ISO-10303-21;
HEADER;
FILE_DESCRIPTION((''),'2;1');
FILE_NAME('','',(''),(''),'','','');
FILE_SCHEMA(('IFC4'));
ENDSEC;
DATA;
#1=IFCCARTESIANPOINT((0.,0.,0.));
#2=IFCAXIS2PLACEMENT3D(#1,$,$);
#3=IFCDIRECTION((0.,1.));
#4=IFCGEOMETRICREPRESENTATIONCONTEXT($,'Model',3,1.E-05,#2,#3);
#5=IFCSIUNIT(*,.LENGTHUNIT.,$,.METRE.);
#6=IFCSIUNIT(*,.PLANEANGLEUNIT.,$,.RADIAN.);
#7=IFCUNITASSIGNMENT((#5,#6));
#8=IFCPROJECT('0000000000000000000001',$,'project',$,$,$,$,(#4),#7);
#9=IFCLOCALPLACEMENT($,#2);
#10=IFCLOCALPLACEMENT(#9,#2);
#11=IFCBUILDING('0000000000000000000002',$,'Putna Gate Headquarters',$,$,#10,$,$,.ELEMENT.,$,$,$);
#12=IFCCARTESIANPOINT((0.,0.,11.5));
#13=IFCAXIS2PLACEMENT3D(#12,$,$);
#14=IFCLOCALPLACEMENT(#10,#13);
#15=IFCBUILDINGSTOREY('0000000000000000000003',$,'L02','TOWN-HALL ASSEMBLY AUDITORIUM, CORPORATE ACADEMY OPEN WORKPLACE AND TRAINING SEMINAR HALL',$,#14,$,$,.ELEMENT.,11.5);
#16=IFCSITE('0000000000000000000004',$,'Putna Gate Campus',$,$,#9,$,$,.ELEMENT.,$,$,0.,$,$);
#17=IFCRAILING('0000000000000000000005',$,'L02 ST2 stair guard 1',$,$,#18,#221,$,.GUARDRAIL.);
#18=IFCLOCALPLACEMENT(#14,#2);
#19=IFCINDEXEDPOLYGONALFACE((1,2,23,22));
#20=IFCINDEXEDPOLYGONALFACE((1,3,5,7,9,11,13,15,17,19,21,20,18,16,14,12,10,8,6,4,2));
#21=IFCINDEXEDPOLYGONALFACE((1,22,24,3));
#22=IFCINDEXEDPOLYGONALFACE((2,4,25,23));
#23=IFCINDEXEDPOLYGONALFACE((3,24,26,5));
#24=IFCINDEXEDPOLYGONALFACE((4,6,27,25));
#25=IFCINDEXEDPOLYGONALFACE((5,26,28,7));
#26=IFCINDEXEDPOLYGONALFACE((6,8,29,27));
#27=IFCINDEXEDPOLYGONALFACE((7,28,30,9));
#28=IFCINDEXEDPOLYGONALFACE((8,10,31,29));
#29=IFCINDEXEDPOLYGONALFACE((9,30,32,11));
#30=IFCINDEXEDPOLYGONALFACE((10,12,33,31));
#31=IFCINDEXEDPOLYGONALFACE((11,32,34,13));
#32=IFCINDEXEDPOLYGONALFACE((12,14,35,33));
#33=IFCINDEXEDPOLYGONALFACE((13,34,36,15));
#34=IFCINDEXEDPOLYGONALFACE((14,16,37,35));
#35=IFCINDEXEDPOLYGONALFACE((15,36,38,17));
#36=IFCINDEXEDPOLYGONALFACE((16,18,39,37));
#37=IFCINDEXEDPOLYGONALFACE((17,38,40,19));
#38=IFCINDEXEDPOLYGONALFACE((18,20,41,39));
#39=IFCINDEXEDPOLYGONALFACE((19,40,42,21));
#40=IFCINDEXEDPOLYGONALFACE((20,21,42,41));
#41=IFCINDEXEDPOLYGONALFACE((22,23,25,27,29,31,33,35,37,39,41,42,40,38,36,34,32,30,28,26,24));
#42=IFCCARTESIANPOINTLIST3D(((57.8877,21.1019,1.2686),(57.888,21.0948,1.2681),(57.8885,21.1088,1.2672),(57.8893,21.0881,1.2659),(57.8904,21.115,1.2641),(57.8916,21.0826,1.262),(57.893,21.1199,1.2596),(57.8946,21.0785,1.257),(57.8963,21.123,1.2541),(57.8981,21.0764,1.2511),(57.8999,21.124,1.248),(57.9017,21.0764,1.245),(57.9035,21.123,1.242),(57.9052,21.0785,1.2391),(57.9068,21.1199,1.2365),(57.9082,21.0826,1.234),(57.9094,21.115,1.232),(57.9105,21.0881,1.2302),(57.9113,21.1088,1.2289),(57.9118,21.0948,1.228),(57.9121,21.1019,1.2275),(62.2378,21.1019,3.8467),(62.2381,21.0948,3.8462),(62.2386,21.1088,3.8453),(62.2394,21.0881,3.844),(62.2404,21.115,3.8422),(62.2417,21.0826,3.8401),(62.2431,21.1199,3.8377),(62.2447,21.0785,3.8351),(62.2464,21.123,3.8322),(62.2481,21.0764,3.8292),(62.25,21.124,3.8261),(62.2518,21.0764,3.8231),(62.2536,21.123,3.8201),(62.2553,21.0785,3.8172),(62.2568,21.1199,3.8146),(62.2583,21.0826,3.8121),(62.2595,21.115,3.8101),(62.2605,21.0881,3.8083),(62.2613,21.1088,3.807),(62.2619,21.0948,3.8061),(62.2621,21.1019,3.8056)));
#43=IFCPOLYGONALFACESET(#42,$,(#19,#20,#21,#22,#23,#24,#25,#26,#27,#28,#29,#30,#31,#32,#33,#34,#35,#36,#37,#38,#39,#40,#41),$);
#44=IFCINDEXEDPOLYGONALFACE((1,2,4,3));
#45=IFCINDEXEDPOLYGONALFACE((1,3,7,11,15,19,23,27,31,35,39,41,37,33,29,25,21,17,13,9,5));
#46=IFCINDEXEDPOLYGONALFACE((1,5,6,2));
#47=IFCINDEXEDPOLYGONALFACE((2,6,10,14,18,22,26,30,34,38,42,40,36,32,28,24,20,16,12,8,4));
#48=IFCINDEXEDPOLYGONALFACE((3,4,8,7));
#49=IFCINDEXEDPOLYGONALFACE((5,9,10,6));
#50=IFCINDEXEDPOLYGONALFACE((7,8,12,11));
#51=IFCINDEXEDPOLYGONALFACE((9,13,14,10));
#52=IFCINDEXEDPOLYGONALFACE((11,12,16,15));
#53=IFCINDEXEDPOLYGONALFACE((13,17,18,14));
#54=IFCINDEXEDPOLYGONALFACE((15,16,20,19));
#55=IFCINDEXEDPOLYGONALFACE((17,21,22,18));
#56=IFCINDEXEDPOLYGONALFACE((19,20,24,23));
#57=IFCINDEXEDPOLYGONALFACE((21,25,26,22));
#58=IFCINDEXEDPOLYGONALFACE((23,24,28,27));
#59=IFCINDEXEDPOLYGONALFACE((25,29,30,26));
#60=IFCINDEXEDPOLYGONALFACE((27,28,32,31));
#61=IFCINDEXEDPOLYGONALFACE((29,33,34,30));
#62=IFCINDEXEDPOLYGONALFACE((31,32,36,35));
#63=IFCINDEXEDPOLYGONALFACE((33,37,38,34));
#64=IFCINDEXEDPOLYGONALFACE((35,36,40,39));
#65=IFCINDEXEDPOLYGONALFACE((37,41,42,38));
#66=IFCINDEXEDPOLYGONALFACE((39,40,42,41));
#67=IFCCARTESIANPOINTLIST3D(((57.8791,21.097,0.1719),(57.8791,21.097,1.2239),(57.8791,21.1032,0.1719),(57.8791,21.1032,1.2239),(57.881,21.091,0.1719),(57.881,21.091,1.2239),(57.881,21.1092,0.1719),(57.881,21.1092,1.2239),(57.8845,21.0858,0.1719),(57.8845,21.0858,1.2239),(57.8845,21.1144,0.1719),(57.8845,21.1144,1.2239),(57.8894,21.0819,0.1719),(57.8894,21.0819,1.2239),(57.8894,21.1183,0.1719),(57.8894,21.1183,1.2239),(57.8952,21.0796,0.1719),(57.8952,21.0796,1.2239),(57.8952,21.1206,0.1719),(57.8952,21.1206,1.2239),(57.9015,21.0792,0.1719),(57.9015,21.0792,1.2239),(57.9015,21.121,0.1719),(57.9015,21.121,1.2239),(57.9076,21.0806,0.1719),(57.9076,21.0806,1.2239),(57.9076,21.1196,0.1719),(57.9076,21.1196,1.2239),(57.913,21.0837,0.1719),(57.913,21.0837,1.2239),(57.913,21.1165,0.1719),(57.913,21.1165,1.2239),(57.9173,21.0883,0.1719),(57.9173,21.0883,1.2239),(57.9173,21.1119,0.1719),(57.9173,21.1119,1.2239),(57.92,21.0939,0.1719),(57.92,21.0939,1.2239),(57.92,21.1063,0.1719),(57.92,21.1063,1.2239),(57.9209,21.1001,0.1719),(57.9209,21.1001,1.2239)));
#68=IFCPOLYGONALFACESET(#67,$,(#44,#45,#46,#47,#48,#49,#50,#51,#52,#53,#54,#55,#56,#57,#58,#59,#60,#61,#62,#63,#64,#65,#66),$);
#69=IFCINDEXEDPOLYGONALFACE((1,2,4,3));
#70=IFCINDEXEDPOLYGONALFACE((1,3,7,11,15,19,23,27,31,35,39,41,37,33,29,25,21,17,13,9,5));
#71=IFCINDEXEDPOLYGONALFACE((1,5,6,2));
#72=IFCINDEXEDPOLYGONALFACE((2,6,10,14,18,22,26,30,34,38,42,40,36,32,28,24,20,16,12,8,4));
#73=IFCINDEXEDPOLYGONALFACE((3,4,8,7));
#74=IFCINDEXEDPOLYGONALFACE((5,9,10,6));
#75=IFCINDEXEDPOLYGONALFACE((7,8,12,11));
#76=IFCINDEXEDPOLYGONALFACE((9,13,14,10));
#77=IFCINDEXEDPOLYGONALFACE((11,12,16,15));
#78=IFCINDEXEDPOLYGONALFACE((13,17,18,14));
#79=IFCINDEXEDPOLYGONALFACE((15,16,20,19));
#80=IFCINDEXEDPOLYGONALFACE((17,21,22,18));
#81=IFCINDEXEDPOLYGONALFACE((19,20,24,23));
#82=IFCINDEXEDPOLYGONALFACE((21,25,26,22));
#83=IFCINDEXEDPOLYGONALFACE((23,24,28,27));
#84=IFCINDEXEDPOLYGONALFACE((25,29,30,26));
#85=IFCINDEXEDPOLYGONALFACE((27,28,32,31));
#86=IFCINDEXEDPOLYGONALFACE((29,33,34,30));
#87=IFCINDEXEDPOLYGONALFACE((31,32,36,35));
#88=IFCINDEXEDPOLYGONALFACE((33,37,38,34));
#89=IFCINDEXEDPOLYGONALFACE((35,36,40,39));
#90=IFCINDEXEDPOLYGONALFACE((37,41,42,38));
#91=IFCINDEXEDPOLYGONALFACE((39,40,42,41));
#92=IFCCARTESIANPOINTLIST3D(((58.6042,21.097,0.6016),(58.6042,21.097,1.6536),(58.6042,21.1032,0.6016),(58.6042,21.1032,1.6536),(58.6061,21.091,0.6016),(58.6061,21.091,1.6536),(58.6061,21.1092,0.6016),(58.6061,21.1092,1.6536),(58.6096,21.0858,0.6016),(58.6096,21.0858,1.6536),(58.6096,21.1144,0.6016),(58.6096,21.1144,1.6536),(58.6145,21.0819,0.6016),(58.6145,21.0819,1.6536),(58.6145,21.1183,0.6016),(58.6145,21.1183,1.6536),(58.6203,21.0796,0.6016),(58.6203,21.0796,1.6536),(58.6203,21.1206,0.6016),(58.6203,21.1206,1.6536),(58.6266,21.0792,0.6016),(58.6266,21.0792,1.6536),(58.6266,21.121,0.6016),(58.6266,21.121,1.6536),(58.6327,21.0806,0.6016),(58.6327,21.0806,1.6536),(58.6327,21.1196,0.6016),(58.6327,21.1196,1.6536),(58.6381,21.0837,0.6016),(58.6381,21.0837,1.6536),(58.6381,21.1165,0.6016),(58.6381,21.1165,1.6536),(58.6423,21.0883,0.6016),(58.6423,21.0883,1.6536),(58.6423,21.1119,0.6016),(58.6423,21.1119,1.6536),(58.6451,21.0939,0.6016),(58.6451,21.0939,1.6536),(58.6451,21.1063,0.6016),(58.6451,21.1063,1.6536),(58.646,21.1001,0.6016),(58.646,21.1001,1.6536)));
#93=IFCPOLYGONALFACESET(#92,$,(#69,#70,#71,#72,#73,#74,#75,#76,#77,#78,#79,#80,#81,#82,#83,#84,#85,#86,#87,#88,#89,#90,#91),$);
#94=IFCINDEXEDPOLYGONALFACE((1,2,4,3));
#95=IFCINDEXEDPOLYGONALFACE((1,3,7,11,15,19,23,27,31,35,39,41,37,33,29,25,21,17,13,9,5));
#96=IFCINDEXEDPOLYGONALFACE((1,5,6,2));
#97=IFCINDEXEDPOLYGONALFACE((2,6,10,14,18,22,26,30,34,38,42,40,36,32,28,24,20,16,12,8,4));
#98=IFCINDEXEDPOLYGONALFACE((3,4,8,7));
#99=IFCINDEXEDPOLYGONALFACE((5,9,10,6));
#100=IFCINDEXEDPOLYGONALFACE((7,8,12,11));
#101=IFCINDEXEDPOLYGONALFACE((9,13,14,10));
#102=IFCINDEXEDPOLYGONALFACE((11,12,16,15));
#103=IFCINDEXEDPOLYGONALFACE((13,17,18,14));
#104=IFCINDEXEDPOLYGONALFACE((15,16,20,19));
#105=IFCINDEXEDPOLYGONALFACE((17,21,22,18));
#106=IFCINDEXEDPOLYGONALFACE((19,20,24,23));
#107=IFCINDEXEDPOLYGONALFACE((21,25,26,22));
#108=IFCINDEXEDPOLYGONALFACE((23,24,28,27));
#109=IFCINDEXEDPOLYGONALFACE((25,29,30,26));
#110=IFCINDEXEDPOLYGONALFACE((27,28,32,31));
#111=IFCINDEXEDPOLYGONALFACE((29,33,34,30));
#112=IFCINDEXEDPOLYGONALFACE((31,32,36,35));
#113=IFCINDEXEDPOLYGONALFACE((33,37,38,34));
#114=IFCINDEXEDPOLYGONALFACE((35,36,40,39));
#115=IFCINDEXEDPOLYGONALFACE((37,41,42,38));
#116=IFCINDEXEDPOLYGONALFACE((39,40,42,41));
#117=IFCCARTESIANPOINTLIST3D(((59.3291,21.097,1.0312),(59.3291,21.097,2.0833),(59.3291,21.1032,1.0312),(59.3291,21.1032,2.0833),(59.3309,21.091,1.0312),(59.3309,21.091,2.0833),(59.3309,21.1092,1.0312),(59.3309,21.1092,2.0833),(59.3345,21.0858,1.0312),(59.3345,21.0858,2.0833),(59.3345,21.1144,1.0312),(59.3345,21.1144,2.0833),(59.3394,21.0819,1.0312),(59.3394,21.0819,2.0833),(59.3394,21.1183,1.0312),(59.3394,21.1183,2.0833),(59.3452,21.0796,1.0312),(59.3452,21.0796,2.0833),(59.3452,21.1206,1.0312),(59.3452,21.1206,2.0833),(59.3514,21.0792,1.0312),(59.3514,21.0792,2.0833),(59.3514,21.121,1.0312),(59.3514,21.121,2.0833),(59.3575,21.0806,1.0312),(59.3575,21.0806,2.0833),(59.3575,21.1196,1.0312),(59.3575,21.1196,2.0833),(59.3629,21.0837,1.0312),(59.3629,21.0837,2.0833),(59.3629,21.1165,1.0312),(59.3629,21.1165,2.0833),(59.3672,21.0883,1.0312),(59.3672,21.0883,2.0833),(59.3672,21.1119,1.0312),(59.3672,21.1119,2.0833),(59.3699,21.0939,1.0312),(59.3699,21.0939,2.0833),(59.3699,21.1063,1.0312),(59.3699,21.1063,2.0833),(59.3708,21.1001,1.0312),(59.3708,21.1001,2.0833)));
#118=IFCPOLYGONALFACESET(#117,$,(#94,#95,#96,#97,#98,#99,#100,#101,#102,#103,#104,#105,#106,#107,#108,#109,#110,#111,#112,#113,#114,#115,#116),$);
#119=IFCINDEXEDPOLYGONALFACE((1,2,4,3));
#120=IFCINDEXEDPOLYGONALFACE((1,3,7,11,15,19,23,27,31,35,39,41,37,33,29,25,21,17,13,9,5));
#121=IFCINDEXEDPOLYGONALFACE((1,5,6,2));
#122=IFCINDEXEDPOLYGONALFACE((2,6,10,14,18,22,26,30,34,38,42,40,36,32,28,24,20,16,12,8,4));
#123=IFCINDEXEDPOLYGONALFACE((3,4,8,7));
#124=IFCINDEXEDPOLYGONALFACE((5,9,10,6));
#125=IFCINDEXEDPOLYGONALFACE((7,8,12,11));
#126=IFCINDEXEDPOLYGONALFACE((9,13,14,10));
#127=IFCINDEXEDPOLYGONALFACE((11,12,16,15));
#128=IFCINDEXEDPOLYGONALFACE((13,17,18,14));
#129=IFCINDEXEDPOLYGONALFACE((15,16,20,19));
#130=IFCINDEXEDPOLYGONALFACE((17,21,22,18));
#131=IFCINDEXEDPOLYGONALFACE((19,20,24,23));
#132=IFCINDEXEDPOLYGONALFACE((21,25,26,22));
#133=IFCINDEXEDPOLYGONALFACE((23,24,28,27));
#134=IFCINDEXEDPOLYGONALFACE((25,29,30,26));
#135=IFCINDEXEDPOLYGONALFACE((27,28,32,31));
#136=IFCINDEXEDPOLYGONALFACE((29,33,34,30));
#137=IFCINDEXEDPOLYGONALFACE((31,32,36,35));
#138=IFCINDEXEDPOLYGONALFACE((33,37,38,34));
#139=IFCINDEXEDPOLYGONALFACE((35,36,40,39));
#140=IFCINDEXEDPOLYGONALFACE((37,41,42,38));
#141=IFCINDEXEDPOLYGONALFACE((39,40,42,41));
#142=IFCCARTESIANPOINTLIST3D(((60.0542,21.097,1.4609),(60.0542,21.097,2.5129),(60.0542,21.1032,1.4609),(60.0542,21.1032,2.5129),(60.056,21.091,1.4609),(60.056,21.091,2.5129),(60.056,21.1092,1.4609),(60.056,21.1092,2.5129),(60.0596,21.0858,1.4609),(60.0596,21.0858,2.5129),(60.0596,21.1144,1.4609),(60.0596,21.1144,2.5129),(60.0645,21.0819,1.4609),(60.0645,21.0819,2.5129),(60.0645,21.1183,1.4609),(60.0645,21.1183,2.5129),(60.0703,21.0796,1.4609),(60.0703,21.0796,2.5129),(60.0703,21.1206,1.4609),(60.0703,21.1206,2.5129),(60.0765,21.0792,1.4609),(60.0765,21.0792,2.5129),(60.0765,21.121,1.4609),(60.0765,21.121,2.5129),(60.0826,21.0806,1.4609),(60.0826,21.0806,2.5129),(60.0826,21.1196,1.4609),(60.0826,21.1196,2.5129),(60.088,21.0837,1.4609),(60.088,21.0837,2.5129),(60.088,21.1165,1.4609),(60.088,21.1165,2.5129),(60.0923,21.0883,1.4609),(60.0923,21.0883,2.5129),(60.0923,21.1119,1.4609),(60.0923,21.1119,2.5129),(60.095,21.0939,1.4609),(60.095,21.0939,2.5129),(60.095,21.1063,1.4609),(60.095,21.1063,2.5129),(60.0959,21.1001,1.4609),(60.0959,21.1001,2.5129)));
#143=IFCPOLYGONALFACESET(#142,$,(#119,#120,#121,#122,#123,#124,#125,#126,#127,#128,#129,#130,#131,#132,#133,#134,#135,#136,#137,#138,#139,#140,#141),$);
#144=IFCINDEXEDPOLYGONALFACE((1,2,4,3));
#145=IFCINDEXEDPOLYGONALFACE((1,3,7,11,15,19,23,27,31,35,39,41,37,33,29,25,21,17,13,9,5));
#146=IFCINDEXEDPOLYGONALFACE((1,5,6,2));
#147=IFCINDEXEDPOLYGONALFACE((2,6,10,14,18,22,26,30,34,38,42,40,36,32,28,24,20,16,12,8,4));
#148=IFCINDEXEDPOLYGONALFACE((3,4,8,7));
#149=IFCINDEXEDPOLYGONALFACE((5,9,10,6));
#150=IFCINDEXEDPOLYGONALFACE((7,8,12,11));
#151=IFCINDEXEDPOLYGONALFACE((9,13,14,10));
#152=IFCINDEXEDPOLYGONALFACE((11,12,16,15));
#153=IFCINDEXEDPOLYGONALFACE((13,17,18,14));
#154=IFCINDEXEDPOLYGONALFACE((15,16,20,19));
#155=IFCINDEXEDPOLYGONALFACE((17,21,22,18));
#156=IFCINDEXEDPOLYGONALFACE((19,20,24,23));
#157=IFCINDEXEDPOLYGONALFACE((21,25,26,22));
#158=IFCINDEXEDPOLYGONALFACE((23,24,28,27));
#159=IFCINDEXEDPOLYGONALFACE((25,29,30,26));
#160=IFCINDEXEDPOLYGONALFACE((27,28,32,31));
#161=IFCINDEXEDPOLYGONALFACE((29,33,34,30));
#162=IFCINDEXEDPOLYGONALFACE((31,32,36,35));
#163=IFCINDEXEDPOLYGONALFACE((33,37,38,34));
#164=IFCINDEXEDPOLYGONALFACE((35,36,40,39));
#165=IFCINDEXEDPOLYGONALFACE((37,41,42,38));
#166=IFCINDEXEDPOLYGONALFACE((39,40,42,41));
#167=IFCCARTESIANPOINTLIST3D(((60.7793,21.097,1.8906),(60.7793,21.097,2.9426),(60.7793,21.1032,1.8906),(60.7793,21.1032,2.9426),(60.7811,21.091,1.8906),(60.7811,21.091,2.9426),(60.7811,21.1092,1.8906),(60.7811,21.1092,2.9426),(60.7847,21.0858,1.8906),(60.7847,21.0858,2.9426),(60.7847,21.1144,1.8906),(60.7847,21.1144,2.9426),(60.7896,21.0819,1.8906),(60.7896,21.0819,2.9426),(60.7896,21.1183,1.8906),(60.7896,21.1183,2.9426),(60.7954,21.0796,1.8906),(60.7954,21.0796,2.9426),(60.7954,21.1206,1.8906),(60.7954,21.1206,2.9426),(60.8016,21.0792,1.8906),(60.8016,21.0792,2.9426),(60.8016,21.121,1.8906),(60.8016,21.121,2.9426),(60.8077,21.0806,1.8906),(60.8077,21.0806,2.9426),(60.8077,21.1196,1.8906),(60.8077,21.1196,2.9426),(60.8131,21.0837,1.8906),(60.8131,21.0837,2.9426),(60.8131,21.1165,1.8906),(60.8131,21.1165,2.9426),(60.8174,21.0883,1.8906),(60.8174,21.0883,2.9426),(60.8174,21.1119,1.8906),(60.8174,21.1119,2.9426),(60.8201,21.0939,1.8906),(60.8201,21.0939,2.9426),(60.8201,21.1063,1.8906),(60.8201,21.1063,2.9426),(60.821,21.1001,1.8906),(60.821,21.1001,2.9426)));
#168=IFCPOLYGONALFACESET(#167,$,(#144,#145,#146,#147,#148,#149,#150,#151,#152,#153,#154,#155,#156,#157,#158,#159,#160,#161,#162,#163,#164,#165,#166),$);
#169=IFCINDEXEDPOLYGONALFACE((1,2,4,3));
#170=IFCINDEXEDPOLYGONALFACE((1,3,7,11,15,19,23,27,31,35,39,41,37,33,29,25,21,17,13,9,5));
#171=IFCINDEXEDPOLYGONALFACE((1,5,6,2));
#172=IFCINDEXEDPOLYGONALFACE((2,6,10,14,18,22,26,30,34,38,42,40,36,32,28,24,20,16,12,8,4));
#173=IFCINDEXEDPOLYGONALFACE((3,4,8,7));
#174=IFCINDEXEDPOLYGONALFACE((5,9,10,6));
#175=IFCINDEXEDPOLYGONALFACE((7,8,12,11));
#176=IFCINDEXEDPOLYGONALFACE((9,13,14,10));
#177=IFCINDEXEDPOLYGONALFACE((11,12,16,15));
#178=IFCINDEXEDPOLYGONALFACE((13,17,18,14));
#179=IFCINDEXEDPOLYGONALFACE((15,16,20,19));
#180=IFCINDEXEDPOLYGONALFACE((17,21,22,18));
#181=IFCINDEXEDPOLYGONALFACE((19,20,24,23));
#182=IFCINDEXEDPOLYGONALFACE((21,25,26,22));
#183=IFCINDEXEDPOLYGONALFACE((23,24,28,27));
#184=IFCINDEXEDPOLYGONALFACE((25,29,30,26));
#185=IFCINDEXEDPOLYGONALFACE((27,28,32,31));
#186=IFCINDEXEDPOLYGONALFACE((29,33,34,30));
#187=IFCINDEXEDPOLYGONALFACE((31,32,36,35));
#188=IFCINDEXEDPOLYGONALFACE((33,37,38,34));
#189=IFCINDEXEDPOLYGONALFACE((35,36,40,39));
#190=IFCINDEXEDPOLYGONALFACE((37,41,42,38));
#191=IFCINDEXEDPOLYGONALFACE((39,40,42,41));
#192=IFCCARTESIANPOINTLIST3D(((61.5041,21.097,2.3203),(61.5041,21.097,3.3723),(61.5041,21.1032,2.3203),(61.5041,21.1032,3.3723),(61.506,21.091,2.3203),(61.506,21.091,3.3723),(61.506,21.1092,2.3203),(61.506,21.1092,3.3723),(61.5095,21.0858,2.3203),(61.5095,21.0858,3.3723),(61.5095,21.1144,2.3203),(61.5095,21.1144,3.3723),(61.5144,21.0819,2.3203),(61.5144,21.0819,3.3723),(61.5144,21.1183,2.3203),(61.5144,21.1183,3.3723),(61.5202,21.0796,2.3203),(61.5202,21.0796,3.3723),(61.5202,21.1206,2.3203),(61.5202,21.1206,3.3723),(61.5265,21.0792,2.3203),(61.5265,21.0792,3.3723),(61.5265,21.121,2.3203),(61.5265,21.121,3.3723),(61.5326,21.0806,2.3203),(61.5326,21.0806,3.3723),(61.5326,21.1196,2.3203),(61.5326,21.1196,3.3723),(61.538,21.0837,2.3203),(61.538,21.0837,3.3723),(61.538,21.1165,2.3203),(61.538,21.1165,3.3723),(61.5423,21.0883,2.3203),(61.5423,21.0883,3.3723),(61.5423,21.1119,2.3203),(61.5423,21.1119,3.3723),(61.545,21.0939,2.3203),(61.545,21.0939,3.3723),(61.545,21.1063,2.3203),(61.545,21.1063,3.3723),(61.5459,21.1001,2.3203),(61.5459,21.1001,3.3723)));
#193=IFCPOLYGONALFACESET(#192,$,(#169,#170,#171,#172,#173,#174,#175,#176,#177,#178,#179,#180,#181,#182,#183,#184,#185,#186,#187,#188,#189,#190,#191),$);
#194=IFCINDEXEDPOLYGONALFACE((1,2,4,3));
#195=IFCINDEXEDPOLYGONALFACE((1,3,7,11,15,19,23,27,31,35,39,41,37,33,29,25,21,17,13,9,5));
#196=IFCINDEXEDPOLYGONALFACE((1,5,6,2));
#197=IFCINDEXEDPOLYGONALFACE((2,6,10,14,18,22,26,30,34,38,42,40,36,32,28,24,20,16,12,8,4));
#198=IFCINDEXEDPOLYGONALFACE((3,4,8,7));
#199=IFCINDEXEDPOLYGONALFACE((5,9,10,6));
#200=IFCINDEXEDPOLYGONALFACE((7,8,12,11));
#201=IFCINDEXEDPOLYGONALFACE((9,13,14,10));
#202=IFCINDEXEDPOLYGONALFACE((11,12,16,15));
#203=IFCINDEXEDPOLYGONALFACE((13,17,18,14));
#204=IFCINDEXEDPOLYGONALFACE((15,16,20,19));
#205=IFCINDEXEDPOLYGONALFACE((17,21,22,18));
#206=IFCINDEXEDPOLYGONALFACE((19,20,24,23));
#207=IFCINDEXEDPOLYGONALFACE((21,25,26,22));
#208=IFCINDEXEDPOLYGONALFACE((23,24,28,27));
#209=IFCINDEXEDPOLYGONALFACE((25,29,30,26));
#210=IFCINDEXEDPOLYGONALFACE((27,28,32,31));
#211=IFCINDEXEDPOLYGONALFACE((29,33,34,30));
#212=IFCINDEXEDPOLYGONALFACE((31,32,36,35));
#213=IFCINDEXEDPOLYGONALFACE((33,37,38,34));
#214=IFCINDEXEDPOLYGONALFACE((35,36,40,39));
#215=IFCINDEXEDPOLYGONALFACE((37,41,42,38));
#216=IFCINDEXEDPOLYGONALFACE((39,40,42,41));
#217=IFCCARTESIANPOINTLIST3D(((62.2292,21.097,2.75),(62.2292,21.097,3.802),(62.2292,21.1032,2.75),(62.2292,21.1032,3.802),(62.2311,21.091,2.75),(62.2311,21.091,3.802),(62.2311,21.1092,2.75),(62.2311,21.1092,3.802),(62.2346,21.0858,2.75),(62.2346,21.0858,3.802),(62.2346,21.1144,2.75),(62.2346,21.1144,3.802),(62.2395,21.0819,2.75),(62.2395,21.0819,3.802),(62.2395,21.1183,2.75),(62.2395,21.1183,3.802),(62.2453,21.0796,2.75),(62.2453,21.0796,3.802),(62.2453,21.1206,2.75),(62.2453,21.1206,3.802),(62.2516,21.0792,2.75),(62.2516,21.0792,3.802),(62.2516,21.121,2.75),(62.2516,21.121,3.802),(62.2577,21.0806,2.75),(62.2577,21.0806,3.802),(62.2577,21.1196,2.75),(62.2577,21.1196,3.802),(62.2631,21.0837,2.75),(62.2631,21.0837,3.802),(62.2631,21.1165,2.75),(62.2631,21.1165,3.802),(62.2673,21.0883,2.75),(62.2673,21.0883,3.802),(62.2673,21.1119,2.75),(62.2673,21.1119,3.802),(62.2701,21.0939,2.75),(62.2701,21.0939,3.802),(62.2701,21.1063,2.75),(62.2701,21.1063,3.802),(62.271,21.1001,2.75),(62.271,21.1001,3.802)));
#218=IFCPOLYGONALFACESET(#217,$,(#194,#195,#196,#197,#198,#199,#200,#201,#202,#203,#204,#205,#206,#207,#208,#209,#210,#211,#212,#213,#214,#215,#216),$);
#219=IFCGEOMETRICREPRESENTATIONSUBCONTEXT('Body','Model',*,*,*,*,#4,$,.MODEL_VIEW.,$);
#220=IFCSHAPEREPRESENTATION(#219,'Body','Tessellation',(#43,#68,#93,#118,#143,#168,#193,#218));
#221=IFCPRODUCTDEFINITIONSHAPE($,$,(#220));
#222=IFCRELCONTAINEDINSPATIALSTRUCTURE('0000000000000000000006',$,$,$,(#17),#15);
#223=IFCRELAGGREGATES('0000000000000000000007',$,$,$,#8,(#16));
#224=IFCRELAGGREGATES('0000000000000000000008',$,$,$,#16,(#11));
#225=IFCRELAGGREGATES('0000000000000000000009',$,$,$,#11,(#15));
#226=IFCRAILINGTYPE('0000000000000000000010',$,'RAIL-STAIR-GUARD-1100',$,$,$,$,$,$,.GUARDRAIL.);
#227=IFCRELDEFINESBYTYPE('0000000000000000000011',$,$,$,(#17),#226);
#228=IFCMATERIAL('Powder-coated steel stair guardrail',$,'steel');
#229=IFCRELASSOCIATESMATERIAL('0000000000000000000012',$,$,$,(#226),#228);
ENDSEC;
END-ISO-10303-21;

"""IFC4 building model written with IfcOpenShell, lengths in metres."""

from ifc_helpers import new_model, si_unit, direction, frame, origin, origin_2d, place, context, subcontext, project, spatial, circle, extrude, material, type_object, element, save


model = new_model("IFC4")

# Units and contexts
model_context = context("Model", 3, precision=1e-05, world=origin(), true_north=direction((0.0, 1.0)))
body_context = subcontext(model_context, "Body", "Model", "MODEL_VIEW")
ifc_project = project(units=[si_unit("LENGTHUNIT", "METRE"), si_unit("PLANEANGLEUNIT", "RADIAN")], contexts=[model_context])

# Site, building, storey
site_placement = place(None, origin())
site = spatial("IfcSite", under=ifc_project, at=site_placement, Name="Putna Gate Campus", CompositionType="ELEMENT", RefElevation=0.0)
building_placement = place(site_placement, origin())
building = spatial("IfcBuilding", under=site, at=building_placement, Name="Putna Gate Headquarters", CompositionType="ELEMENT")
storey_placement = place(building_placement, frame((0.0, 0.0, 11.5)))
storey = spatial("IfcBuildingStorey", under=building, at=storey_placement, Name="L02", Description="TOWN-HALL ASSEMBLY AUDITORIUM, CORPORATE ACADEMY OPEN WORKPLACE AND TRAINING SEMINAR HALL", CompositionType="ELEMENT", Elevation=11.5)

# Railing
ifc_material_1 = material(Name="Powder-coated steel stair guardrail", Category="steel")
railing_type = type_object("IfcRailingType", Name="RAIL-STAIR-GUARD-1100", PredefinedType="GUARDRAIL", material=ifc_material_1)
railing_1_placement = place(storey_placement, frame((57.8999, 21.1001, 0.1719)))
element("IfcRailing", 1, at=railing_1_placement, inside=storey, type_object=railing_type, Name="L02 ST2 stair guard 1", PredefinedType="GUARDRAIL", context=body_context, shape_type="SweptSolid", body=[
    extrude(circle(Radius=0.0239, at=origin_2d()), frame((0.0, 0.0, 1.0762), z_axis=(0.860266, 0.0, 0.509845), x_axis=(0.0, 1.0, 0.0)), (0.0, 0.0, 1.0), 5.0566),
    extrude(circle(Radius=0.021, at=origin_2d()), origin(), (0.0, 0.0, 1.0), 1.052),
    extrude(circle(Radius=0.021, at=origin_2d()), frame((0.7251, 0.0, 0.4297)), (0.0, 0.0, 1.0), 1.052),
    extrude(circle(Radius=0.021, at=origin_2d()), frame((1.45, 0.0, 0.8594)), (0.0, 0.0, 1.0), 1.052),
    extrude(circle(Radius=0.021, at=origin_2d()), frame((2.175, 0.0, 1.2891)), (0.0, 0.0, 1.0), 1.052),
    extrude(circle(Radius=0.021, at=origin_2d()), frame((2.9001, 0.0, 1.7188)), (0.0, 0.0, 1.0), 1.052),
    extrude(circle(Radius=0.021, at=origin_2d()), frame((3.625, 0.0, 2.1484)), (0.0, 0.0, 1.0), 1.052),
    extrude(circle(Radius=0.021, at=origin_2d()), frame((4.3501, 0.0, 2.5781)), (0.0, 0.0, 1.0), 1.052),
])

save(model, "model.ifc")
